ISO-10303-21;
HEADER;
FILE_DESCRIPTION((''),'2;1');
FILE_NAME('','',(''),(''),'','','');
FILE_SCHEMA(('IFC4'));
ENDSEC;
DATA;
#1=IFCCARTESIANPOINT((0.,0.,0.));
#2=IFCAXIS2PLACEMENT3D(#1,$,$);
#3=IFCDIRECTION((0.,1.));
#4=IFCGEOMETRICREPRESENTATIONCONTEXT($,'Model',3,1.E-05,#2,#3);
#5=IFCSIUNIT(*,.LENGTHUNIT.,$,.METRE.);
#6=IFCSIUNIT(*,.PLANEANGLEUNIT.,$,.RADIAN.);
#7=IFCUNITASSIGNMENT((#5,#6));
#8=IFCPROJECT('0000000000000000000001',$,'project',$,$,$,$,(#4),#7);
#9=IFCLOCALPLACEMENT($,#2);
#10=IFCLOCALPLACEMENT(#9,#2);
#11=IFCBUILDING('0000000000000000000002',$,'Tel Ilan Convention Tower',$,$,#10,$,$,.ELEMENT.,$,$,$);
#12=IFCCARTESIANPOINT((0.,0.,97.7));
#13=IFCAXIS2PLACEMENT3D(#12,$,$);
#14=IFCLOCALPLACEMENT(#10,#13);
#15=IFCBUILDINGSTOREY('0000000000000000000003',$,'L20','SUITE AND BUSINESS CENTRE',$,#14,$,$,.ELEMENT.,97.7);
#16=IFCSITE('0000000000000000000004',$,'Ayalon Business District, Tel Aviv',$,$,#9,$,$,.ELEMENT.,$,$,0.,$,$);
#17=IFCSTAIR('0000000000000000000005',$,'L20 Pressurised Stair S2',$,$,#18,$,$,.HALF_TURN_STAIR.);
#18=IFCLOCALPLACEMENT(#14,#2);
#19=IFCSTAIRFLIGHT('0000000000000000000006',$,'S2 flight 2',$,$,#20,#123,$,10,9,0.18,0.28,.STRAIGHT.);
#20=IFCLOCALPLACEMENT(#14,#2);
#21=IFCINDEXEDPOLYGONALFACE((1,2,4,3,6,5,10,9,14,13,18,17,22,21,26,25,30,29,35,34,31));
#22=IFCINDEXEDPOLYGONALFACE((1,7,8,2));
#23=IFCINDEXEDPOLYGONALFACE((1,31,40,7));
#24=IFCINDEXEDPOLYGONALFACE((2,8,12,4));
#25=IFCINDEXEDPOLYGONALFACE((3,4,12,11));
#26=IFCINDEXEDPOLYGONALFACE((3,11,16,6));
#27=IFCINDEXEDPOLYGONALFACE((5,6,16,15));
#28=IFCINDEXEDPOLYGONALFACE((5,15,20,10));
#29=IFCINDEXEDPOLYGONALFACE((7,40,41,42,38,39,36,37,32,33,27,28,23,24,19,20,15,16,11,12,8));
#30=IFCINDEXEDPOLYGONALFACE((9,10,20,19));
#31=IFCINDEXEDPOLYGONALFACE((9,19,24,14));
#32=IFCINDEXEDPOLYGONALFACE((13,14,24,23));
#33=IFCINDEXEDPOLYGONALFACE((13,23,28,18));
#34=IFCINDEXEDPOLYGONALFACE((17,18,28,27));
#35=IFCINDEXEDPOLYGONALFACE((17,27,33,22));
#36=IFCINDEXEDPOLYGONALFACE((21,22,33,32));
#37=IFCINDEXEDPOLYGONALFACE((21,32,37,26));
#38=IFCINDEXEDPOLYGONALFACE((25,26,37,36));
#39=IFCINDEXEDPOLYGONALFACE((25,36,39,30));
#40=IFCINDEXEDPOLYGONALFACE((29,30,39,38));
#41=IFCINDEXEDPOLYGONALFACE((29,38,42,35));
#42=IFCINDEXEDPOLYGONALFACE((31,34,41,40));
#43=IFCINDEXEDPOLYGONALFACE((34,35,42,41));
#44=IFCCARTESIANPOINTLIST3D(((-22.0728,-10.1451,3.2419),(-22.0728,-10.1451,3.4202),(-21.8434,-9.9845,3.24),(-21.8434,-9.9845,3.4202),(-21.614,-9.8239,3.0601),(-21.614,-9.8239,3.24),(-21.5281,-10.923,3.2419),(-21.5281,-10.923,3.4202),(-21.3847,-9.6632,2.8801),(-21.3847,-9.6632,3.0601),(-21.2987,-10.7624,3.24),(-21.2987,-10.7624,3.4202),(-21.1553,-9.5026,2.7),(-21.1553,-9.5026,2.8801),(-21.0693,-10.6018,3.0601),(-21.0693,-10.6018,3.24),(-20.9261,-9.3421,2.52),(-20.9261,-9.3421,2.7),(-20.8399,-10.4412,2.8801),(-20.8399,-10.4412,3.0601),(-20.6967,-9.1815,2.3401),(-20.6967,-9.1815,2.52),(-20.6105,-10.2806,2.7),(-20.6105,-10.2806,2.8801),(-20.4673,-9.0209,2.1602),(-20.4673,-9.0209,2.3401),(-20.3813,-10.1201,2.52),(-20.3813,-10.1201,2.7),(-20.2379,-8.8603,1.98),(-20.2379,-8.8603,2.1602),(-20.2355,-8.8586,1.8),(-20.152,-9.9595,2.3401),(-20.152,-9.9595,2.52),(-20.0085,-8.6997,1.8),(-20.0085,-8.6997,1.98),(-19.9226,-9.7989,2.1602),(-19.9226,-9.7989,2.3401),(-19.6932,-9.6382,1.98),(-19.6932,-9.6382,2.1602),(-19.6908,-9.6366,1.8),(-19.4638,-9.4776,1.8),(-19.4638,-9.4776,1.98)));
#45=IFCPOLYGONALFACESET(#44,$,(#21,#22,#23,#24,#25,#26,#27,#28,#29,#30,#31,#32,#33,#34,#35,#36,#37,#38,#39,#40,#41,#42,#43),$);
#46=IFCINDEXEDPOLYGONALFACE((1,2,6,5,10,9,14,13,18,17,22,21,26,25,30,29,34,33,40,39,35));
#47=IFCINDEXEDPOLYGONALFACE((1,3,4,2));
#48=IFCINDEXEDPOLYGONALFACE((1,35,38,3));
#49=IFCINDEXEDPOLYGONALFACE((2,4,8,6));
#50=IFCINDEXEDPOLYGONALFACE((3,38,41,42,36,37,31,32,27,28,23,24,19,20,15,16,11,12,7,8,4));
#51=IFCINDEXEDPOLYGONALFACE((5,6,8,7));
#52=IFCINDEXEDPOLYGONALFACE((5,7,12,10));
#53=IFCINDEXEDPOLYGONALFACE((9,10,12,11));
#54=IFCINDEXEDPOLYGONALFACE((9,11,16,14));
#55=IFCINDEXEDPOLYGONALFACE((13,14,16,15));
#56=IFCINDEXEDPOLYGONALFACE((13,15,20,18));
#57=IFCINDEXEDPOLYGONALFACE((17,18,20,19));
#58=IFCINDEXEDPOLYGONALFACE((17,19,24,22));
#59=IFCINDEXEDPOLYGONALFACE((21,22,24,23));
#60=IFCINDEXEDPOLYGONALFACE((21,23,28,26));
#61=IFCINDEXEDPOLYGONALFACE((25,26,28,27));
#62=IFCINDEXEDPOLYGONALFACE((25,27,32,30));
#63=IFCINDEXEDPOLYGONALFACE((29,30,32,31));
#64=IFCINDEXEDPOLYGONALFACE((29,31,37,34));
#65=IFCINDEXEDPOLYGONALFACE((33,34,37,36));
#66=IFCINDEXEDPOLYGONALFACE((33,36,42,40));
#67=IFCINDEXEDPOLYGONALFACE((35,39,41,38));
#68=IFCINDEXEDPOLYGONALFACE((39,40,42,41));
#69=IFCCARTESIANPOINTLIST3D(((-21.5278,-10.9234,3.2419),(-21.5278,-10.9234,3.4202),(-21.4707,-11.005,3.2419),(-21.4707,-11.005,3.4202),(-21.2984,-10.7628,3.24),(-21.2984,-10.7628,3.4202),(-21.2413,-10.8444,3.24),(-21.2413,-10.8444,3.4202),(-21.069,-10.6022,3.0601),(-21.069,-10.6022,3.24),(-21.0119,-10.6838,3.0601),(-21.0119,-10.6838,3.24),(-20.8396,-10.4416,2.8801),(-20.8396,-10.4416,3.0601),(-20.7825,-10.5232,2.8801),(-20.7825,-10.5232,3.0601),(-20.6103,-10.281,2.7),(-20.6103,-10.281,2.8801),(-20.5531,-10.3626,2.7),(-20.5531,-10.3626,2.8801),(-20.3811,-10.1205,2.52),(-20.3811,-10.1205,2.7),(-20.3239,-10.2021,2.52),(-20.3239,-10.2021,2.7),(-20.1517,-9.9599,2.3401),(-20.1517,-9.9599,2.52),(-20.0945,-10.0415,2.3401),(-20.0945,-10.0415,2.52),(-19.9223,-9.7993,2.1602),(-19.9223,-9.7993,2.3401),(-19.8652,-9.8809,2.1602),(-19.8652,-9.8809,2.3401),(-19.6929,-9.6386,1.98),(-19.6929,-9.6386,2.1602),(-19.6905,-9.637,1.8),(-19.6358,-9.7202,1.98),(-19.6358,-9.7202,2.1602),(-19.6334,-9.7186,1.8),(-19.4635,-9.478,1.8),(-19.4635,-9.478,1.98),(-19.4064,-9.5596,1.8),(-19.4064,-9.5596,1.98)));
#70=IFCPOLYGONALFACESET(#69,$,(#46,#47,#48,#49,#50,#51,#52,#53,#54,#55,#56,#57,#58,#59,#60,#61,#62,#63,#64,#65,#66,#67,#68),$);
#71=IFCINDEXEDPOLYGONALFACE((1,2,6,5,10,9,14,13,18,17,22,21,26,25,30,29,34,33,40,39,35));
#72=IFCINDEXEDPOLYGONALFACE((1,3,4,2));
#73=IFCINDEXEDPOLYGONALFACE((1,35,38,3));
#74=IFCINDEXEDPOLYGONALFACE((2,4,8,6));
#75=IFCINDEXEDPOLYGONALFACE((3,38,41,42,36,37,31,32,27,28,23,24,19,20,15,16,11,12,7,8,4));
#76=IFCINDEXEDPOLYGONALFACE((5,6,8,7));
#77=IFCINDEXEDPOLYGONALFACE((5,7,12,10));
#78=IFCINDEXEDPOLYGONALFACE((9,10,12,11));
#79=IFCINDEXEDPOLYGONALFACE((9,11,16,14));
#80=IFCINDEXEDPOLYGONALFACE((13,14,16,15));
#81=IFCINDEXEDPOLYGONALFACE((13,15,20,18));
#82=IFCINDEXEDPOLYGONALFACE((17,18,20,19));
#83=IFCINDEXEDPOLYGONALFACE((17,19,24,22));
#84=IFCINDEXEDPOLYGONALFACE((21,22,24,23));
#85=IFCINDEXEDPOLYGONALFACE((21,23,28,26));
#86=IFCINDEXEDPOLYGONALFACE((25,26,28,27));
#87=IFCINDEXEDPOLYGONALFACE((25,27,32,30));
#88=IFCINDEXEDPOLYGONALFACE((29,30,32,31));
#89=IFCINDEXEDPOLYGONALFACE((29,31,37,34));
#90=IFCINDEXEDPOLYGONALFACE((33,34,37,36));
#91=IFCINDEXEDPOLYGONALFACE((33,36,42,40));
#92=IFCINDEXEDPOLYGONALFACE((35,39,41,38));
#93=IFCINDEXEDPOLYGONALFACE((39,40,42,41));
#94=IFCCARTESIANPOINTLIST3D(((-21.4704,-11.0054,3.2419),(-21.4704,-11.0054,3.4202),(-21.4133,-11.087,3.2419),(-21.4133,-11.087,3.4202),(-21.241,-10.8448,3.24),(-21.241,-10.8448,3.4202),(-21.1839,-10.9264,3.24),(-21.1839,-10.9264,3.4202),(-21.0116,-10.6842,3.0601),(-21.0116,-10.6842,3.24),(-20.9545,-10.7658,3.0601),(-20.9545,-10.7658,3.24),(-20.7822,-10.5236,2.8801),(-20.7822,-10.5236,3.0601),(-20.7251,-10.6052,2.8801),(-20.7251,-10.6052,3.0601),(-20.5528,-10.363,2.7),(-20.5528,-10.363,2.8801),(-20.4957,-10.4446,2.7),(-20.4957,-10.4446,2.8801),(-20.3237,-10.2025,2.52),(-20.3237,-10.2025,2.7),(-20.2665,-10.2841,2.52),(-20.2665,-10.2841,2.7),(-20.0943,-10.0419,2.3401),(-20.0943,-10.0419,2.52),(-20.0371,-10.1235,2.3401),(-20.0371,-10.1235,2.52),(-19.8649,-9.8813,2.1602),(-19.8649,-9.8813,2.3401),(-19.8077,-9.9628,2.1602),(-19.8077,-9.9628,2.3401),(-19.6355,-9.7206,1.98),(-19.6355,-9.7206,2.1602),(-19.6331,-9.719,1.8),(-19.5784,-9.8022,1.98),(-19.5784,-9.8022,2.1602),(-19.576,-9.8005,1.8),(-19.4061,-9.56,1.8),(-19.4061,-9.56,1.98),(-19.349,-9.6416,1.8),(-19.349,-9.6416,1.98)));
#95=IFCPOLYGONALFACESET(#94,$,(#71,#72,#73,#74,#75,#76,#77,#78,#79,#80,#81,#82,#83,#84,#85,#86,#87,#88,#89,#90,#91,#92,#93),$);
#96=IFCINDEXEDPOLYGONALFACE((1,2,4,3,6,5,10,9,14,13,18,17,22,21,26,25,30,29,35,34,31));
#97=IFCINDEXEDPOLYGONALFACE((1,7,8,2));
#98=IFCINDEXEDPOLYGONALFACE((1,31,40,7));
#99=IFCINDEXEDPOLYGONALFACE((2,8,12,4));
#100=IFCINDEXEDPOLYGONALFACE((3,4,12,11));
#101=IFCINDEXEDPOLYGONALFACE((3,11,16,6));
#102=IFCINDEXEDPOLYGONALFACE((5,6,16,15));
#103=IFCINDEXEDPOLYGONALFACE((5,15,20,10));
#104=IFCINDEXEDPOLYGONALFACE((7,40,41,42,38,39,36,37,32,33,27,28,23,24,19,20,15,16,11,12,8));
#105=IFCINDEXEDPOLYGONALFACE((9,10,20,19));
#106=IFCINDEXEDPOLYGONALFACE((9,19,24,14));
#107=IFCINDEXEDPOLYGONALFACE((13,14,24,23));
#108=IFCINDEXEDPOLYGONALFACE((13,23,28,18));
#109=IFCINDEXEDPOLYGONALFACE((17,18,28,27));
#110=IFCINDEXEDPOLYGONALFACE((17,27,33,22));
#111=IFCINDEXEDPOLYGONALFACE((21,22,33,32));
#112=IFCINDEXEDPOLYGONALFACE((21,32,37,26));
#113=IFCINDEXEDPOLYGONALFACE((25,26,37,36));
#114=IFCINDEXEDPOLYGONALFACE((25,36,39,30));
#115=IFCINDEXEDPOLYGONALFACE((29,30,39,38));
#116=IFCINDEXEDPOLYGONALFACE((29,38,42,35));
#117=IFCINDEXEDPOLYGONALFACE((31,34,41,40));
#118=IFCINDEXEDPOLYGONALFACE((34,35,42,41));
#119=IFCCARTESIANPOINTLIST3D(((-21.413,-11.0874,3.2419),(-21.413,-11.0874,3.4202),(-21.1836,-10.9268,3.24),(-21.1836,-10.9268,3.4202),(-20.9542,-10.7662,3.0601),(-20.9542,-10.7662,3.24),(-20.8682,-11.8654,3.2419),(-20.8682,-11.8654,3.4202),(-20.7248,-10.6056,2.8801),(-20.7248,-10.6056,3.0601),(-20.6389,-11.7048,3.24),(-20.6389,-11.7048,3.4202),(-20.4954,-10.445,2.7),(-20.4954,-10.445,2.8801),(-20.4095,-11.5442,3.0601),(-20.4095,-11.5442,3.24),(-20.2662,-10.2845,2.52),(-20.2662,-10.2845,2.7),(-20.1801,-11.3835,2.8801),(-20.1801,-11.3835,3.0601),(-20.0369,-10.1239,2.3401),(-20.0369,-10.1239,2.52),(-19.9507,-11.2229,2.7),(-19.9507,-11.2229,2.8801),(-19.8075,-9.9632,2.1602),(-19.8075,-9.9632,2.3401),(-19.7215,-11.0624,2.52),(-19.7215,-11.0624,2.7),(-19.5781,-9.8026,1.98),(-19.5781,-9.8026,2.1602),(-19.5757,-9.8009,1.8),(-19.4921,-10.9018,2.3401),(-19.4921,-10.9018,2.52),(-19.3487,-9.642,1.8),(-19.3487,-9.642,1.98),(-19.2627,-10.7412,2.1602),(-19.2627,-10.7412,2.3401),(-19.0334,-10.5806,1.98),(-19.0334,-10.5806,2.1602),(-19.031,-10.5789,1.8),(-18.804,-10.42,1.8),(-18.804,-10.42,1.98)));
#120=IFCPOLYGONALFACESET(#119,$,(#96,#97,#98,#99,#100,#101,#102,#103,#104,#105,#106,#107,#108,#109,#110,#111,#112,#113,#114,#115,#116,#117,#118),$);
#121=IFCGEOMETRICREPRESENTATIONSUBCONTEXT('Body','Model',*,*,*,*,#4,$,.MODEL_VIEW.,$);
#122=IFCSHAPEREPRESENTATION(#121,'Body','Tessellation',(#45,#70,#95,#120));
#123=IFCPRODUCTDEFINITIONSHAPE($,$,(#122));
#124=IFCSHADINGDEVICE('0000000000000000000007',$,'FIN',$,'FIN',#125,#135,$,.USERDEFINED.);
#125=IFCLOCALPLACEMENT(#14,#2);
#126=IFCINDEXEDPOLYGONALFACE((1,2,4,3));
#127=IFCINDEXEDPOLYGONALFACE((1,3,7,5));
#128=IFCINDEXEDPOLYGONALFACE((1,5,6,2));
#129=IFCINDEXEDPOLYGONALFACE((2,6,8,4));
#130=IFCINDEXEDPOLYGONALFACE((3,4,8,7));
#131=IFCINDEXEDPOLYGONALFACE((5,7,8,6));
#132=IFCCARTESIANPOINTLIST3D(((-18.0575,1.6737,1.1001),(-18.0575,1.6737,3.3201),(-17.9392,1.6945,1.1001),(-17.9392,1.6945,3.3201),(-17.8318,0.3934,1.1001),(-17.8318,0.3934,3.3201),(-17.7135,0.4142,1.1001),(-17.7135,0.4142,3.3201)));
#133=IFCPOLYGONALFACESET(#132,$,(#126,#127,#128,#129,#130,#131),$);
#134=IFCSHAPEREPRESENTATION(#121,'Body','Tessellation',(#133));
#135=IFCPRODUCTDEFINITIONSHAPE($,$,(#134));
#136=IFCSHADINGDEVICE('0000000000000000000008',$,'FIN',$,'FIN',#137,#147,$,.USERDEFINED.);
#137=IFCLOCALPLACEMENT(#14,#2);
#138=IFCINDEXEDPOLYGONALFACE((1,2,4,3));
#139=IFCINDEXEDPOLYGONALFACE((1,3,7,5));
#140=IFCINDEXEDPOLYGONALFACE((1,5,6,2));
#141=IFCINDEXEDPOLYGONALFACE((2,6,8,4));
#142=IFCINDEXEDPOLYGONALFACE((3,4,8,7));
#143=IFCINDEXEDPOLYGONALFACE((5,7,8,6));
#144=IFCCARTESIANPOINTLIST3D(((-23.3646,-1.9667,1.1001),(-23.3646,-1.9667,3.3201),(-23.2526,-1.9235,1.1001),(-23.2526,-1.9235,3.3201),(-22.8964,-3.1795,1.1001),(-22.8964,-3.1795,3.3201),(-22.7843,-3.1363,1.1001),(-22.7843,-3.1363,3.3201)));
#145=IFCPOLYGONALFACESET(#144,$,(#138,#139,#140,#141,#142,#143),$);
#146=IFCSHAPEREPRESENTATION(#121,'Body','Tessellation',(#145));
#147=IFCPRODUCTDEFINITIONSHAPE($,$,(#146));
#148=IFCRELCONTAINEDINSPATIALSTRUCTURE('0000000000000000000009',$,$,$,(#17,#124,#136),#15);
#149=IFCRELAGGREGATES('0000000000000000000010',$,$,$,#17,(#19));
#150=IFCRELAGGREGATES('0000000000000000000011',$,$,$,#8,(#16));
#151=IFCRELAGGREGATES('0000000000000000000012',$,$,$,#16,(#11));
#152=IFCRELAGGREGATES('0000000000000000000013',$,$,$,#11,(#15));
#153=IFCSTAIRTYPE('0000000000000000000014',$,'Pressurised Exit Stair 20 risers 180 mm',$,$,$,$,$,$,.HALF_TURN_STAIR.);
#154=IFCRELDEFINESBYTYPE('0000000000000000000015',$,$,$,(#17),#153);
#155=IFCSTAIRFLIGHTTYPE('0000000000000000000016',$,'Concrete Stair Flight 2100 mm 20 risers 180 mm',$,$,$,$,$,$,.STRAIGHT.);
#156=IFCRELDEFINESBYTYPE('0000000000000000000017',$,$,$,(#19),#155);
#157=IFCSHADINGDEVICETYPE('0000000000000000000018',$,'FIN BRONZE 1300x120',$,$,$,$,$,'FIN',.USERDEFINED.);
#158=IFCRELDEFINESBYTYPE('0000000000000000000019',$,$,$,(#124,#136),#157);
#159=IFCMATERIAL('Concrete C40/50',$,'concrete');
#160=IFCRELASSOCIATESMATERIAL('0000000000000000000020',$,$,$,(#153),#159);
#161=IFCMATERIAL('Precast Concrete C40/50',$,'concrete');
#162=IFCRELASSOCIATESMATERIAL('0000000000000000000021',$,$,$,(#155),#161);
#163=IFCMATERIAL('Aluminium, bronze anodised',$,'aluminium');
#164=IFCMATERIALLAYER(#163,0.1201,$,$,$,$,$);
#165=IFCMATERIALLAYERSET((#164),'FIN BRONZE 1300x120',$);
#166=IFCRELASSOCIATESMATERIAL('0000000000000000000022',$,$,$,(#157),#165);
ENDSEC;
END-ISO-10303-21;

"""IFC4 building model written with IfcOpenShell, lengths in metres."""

from ifc_helpers import new_model, si_unit, direction, frame, origin, origin_2d, place, context, subcontext, project, spatial, polyline, rectangle, outline, extrude, material, layer, layer_set, type_object, element, aggregate, save


model = new_model("IFC4")

# Units and contexts
model_context = context("Model", 3, precision=1e-05, world=origin(), true_north=direction((0.0, 1.0)))
body_context = subcontext(model_context, "Body", "Model", "MODEL_VIEW")
ifc_project = project(units=[si_unit("LENGTHUNIT", "METRE"), si_unit("PLANEANGLEUNIT", "RADIAN")], contexts=[model_context])

# Site, building, storey
site_placement = place(None, origin())
site = spatial("IfcSite", under=ifc_project, at=site_placement, Name="Ayalon Business District, Tel Aviv", CompositionType="ELEMENT", RefElevation=0.0)
building_placement = place(site_placement, origin())
building = spatial("IfcBuilding", under=site, at=building_placement, Name="Tel Ilan Convention Tower", CompositionType="ELEMENT")
storey_placement = place(building_placement, frame((0.0, 0.0, 97.7)))
storey = spatial("IfcBuildingStorey", under=building, at=storey_placement, Name="L20", Description="SUITE AND BUSINESS CENTRE", CompositionType="ELEMENT", Elevation=97.7)

# Stair, stair flight
ifc_material_1 = material(Name="Concrete C40/50", Category="concrete")
stair_type = type_object("IfcStairType", Name="Pressurised Exit Stair 20 risers 180 mm", PredefinedType="HALF_TURN_STAIR", material=ifc_material_1)
ifc_material_2 = material(Name="Precast Concrete C40/50", Category="concrete")
stair_flight_type = type_object("IfcStairFlightType", Name="Concrete Stair Flight 2100 mm 20 risers 180 mm", PredefinedType="STRAIGHT", material=ifc_material_2)
stair_1_placement = place(storey_placement, origin())
stair_1 = element("IfcStair", 1, at=stair_1_placement, inside=storey, type_object=stair_type, Name="L20 Pressurised Stair S2", PredefinedType="HALF_TURN_STAIR")
stair_flight_1_placement = place(storey_placement, frame((-19.4062, -9.5598, 1.8), z_axis=(0.0, 0.0, 1.0), x_axis=(-0.819152, -0.573576, 0.0)))
stair_flight_1 = element("IfcStairFlight", 2, at=stair_flight_1_placement, type_object=stair_flight_type, Name="S2 flight 2", NumberOfRisers=10, NumberOfTreads=9, PredefinedType="STRAIGHT", RiserHeight=0.18, TreadLength=0.28, context=body_context, shape_type="SweptSolid", body=[
    extrude(outline(polyline([(0.0, 0.0), (0.0, 0.1799), (0.28, 0.1799), (0.28, 0.3601), (0.5601, 0.3601), (0.5601, 0.54), (0.8401, 0.54), (0.8401, 0.72), (1.1201, 0.72), (1.1201, 0.8999), (1.3999, 0.8999), (1.3999, 1.0801), (1.6799, 1.0801), (1.6799, 1.26), (1.96, 1.26), (1.96, 1.4399), (2.24, 1.4399), (2.24, 1.6201), (2.52, 1.6201), (2.52, 1.8), (2.52, 1.4419), (0.2771, 0.0), (0.0, 0.0)])), frame((0.0, -0.1003, 0.0), z_axis=(0.0, -1.0, 0.0), x_axis=(1.0, 0.0, 0.0)), (0.0, 0.0, 1.0), 0.9497),
    extrude(outline(polyline([(0.0, 0.0), (0.0, 0.1799), (0.28, 0.1799), (0.28, 0.3601), (0.5601, 0.3601), (0.5601, 0.54), (0.8401, 0.54), (0.8401, 0.72), (1.1201, 0.72), (1.1201, 0.8999), (1.3999, 0.8999), (1.3999, 1.0801), (1.6799, 1.0801), (1.6799, 1.26), (1.96, 1.26), (1.96, 1.4399), (2.24, 1.4399), (2.24, 1.6201), (2.52, 1.6201), (2.52, 1.8), (2.52, 1.4419), (0.2771, 0.0), (0.0, 0.0)])), frame((0.0, -0.0002, 0.0), z_axis=(0.0, -1.0, 0.0), x_axis=(1.0, 0.0, 0.0)), (0.0, 0.0, 1.0), 0.0996),
    extrude(outline(polyline([(0.0, 0.0), (0.0, 0.1799), (0.28, 0.1799), (0.28, 0.3601), (0.5601, 0.3601), (0.5601, 0.54), (0.8401, 0.54), (0.8401, 0.72), (1.1201, 0.72), (1.1201, 0.8999), (1.3999, 0.8999), (1.3999, 1.0801), (1.6799, 1.0801), (1.6799, 1.26), (1.96, 1.26), (1.96, 1.4399), (2.24, 1.4399), (2.24, 1.6201), (2.52, 1.6201), (2.52, 1.8), (2.52, 1.4419), (0.2771, 0.0), (0.0, 0.0)])), frame((0.0, 0.0999, 0.0), z_axis=(0.0, -1.0, 0.0), x_axis=(1.0, 0.0, 0.0)), (0.0, 0.0, 1.0), 0.0996),
    extrude(outline(polyline([(0.0, 0.0), (0.0, 0.1799), (0.28, 0.1799), (0.28, 0.3601), (0.5601, 0.3601), (0.5601, 0.54), (0.8401, 0.54), (0.8401, 0.72), (1.1201, 0.72), (1.1201, 0.8999), (1.3999, 0.8999), (1.3999, 1.0801), (1.6799, 1.0801), (1.6799, 1.26), (1.96, 1.26), (1.96, 1.4399), (2.24, 1.4399), (2.24, 1.6201), (2.52, 1.6201), (2.52, 1.8), (2.52, 1.4419), (0.2771, 0.0), (0.0, 0.0)])), frame((0.0, 1.05, 0.0), z_axis=(0.0, -1.0, 0.0), x_axis=(1.0, 0.0, 0.0)), (0.0, 0.0, 1.0), 0.9497),
])
aggregate(stair_1, [stair_flight_1])

# Shading devices
ifc_material_3 = material(Name="Aluminium, bronze anodised", Category="aluminium")
ifc_layer_1 = layer(ifc_material_3, 0.1201)
ifc_layer_set_1 = layer_set([ifc_layer_1], Name="FIN BRONZE 1300x120")
shading_device_type = type_object("IfcShadingDeviceType", Name="FIN BRONZE 1300x120", ElementType="FIN", PredefinedType="USERDEFINED", material=ifc_layer_set_1)
for number, where, z_axis, x_axis, name in (
    (3, (-17.8855, 1.0439, 1.1001), (0.0, 0.0, 1.0), (-0.173648, 0.984808, 0.0), "FIN"),
    (4, (-23.0745, -2.5515, 1.1001), (0.0, 0.0, 1.0), (-0.360178, 0.932884, 0.0), "FIN"),
):
    element("IfcShadingDevice", number, at=place(storey_placement, frame(where, z_axis=z_axis, x_axis=x_axis)), inside=storey, type_object=shading_device_type, Name=name, ObjectType="FIN", PredefinedType="USERDEFINED", context=body_context, shape_type="SweptSolid", body=[
        extrude(rectangle(XDim=1.3, YDim=0.1201, at=origin_2d()), origin(), (0.0, 0.0, 1.0), 2.22),
    ])

save(model, "model.ifc")
